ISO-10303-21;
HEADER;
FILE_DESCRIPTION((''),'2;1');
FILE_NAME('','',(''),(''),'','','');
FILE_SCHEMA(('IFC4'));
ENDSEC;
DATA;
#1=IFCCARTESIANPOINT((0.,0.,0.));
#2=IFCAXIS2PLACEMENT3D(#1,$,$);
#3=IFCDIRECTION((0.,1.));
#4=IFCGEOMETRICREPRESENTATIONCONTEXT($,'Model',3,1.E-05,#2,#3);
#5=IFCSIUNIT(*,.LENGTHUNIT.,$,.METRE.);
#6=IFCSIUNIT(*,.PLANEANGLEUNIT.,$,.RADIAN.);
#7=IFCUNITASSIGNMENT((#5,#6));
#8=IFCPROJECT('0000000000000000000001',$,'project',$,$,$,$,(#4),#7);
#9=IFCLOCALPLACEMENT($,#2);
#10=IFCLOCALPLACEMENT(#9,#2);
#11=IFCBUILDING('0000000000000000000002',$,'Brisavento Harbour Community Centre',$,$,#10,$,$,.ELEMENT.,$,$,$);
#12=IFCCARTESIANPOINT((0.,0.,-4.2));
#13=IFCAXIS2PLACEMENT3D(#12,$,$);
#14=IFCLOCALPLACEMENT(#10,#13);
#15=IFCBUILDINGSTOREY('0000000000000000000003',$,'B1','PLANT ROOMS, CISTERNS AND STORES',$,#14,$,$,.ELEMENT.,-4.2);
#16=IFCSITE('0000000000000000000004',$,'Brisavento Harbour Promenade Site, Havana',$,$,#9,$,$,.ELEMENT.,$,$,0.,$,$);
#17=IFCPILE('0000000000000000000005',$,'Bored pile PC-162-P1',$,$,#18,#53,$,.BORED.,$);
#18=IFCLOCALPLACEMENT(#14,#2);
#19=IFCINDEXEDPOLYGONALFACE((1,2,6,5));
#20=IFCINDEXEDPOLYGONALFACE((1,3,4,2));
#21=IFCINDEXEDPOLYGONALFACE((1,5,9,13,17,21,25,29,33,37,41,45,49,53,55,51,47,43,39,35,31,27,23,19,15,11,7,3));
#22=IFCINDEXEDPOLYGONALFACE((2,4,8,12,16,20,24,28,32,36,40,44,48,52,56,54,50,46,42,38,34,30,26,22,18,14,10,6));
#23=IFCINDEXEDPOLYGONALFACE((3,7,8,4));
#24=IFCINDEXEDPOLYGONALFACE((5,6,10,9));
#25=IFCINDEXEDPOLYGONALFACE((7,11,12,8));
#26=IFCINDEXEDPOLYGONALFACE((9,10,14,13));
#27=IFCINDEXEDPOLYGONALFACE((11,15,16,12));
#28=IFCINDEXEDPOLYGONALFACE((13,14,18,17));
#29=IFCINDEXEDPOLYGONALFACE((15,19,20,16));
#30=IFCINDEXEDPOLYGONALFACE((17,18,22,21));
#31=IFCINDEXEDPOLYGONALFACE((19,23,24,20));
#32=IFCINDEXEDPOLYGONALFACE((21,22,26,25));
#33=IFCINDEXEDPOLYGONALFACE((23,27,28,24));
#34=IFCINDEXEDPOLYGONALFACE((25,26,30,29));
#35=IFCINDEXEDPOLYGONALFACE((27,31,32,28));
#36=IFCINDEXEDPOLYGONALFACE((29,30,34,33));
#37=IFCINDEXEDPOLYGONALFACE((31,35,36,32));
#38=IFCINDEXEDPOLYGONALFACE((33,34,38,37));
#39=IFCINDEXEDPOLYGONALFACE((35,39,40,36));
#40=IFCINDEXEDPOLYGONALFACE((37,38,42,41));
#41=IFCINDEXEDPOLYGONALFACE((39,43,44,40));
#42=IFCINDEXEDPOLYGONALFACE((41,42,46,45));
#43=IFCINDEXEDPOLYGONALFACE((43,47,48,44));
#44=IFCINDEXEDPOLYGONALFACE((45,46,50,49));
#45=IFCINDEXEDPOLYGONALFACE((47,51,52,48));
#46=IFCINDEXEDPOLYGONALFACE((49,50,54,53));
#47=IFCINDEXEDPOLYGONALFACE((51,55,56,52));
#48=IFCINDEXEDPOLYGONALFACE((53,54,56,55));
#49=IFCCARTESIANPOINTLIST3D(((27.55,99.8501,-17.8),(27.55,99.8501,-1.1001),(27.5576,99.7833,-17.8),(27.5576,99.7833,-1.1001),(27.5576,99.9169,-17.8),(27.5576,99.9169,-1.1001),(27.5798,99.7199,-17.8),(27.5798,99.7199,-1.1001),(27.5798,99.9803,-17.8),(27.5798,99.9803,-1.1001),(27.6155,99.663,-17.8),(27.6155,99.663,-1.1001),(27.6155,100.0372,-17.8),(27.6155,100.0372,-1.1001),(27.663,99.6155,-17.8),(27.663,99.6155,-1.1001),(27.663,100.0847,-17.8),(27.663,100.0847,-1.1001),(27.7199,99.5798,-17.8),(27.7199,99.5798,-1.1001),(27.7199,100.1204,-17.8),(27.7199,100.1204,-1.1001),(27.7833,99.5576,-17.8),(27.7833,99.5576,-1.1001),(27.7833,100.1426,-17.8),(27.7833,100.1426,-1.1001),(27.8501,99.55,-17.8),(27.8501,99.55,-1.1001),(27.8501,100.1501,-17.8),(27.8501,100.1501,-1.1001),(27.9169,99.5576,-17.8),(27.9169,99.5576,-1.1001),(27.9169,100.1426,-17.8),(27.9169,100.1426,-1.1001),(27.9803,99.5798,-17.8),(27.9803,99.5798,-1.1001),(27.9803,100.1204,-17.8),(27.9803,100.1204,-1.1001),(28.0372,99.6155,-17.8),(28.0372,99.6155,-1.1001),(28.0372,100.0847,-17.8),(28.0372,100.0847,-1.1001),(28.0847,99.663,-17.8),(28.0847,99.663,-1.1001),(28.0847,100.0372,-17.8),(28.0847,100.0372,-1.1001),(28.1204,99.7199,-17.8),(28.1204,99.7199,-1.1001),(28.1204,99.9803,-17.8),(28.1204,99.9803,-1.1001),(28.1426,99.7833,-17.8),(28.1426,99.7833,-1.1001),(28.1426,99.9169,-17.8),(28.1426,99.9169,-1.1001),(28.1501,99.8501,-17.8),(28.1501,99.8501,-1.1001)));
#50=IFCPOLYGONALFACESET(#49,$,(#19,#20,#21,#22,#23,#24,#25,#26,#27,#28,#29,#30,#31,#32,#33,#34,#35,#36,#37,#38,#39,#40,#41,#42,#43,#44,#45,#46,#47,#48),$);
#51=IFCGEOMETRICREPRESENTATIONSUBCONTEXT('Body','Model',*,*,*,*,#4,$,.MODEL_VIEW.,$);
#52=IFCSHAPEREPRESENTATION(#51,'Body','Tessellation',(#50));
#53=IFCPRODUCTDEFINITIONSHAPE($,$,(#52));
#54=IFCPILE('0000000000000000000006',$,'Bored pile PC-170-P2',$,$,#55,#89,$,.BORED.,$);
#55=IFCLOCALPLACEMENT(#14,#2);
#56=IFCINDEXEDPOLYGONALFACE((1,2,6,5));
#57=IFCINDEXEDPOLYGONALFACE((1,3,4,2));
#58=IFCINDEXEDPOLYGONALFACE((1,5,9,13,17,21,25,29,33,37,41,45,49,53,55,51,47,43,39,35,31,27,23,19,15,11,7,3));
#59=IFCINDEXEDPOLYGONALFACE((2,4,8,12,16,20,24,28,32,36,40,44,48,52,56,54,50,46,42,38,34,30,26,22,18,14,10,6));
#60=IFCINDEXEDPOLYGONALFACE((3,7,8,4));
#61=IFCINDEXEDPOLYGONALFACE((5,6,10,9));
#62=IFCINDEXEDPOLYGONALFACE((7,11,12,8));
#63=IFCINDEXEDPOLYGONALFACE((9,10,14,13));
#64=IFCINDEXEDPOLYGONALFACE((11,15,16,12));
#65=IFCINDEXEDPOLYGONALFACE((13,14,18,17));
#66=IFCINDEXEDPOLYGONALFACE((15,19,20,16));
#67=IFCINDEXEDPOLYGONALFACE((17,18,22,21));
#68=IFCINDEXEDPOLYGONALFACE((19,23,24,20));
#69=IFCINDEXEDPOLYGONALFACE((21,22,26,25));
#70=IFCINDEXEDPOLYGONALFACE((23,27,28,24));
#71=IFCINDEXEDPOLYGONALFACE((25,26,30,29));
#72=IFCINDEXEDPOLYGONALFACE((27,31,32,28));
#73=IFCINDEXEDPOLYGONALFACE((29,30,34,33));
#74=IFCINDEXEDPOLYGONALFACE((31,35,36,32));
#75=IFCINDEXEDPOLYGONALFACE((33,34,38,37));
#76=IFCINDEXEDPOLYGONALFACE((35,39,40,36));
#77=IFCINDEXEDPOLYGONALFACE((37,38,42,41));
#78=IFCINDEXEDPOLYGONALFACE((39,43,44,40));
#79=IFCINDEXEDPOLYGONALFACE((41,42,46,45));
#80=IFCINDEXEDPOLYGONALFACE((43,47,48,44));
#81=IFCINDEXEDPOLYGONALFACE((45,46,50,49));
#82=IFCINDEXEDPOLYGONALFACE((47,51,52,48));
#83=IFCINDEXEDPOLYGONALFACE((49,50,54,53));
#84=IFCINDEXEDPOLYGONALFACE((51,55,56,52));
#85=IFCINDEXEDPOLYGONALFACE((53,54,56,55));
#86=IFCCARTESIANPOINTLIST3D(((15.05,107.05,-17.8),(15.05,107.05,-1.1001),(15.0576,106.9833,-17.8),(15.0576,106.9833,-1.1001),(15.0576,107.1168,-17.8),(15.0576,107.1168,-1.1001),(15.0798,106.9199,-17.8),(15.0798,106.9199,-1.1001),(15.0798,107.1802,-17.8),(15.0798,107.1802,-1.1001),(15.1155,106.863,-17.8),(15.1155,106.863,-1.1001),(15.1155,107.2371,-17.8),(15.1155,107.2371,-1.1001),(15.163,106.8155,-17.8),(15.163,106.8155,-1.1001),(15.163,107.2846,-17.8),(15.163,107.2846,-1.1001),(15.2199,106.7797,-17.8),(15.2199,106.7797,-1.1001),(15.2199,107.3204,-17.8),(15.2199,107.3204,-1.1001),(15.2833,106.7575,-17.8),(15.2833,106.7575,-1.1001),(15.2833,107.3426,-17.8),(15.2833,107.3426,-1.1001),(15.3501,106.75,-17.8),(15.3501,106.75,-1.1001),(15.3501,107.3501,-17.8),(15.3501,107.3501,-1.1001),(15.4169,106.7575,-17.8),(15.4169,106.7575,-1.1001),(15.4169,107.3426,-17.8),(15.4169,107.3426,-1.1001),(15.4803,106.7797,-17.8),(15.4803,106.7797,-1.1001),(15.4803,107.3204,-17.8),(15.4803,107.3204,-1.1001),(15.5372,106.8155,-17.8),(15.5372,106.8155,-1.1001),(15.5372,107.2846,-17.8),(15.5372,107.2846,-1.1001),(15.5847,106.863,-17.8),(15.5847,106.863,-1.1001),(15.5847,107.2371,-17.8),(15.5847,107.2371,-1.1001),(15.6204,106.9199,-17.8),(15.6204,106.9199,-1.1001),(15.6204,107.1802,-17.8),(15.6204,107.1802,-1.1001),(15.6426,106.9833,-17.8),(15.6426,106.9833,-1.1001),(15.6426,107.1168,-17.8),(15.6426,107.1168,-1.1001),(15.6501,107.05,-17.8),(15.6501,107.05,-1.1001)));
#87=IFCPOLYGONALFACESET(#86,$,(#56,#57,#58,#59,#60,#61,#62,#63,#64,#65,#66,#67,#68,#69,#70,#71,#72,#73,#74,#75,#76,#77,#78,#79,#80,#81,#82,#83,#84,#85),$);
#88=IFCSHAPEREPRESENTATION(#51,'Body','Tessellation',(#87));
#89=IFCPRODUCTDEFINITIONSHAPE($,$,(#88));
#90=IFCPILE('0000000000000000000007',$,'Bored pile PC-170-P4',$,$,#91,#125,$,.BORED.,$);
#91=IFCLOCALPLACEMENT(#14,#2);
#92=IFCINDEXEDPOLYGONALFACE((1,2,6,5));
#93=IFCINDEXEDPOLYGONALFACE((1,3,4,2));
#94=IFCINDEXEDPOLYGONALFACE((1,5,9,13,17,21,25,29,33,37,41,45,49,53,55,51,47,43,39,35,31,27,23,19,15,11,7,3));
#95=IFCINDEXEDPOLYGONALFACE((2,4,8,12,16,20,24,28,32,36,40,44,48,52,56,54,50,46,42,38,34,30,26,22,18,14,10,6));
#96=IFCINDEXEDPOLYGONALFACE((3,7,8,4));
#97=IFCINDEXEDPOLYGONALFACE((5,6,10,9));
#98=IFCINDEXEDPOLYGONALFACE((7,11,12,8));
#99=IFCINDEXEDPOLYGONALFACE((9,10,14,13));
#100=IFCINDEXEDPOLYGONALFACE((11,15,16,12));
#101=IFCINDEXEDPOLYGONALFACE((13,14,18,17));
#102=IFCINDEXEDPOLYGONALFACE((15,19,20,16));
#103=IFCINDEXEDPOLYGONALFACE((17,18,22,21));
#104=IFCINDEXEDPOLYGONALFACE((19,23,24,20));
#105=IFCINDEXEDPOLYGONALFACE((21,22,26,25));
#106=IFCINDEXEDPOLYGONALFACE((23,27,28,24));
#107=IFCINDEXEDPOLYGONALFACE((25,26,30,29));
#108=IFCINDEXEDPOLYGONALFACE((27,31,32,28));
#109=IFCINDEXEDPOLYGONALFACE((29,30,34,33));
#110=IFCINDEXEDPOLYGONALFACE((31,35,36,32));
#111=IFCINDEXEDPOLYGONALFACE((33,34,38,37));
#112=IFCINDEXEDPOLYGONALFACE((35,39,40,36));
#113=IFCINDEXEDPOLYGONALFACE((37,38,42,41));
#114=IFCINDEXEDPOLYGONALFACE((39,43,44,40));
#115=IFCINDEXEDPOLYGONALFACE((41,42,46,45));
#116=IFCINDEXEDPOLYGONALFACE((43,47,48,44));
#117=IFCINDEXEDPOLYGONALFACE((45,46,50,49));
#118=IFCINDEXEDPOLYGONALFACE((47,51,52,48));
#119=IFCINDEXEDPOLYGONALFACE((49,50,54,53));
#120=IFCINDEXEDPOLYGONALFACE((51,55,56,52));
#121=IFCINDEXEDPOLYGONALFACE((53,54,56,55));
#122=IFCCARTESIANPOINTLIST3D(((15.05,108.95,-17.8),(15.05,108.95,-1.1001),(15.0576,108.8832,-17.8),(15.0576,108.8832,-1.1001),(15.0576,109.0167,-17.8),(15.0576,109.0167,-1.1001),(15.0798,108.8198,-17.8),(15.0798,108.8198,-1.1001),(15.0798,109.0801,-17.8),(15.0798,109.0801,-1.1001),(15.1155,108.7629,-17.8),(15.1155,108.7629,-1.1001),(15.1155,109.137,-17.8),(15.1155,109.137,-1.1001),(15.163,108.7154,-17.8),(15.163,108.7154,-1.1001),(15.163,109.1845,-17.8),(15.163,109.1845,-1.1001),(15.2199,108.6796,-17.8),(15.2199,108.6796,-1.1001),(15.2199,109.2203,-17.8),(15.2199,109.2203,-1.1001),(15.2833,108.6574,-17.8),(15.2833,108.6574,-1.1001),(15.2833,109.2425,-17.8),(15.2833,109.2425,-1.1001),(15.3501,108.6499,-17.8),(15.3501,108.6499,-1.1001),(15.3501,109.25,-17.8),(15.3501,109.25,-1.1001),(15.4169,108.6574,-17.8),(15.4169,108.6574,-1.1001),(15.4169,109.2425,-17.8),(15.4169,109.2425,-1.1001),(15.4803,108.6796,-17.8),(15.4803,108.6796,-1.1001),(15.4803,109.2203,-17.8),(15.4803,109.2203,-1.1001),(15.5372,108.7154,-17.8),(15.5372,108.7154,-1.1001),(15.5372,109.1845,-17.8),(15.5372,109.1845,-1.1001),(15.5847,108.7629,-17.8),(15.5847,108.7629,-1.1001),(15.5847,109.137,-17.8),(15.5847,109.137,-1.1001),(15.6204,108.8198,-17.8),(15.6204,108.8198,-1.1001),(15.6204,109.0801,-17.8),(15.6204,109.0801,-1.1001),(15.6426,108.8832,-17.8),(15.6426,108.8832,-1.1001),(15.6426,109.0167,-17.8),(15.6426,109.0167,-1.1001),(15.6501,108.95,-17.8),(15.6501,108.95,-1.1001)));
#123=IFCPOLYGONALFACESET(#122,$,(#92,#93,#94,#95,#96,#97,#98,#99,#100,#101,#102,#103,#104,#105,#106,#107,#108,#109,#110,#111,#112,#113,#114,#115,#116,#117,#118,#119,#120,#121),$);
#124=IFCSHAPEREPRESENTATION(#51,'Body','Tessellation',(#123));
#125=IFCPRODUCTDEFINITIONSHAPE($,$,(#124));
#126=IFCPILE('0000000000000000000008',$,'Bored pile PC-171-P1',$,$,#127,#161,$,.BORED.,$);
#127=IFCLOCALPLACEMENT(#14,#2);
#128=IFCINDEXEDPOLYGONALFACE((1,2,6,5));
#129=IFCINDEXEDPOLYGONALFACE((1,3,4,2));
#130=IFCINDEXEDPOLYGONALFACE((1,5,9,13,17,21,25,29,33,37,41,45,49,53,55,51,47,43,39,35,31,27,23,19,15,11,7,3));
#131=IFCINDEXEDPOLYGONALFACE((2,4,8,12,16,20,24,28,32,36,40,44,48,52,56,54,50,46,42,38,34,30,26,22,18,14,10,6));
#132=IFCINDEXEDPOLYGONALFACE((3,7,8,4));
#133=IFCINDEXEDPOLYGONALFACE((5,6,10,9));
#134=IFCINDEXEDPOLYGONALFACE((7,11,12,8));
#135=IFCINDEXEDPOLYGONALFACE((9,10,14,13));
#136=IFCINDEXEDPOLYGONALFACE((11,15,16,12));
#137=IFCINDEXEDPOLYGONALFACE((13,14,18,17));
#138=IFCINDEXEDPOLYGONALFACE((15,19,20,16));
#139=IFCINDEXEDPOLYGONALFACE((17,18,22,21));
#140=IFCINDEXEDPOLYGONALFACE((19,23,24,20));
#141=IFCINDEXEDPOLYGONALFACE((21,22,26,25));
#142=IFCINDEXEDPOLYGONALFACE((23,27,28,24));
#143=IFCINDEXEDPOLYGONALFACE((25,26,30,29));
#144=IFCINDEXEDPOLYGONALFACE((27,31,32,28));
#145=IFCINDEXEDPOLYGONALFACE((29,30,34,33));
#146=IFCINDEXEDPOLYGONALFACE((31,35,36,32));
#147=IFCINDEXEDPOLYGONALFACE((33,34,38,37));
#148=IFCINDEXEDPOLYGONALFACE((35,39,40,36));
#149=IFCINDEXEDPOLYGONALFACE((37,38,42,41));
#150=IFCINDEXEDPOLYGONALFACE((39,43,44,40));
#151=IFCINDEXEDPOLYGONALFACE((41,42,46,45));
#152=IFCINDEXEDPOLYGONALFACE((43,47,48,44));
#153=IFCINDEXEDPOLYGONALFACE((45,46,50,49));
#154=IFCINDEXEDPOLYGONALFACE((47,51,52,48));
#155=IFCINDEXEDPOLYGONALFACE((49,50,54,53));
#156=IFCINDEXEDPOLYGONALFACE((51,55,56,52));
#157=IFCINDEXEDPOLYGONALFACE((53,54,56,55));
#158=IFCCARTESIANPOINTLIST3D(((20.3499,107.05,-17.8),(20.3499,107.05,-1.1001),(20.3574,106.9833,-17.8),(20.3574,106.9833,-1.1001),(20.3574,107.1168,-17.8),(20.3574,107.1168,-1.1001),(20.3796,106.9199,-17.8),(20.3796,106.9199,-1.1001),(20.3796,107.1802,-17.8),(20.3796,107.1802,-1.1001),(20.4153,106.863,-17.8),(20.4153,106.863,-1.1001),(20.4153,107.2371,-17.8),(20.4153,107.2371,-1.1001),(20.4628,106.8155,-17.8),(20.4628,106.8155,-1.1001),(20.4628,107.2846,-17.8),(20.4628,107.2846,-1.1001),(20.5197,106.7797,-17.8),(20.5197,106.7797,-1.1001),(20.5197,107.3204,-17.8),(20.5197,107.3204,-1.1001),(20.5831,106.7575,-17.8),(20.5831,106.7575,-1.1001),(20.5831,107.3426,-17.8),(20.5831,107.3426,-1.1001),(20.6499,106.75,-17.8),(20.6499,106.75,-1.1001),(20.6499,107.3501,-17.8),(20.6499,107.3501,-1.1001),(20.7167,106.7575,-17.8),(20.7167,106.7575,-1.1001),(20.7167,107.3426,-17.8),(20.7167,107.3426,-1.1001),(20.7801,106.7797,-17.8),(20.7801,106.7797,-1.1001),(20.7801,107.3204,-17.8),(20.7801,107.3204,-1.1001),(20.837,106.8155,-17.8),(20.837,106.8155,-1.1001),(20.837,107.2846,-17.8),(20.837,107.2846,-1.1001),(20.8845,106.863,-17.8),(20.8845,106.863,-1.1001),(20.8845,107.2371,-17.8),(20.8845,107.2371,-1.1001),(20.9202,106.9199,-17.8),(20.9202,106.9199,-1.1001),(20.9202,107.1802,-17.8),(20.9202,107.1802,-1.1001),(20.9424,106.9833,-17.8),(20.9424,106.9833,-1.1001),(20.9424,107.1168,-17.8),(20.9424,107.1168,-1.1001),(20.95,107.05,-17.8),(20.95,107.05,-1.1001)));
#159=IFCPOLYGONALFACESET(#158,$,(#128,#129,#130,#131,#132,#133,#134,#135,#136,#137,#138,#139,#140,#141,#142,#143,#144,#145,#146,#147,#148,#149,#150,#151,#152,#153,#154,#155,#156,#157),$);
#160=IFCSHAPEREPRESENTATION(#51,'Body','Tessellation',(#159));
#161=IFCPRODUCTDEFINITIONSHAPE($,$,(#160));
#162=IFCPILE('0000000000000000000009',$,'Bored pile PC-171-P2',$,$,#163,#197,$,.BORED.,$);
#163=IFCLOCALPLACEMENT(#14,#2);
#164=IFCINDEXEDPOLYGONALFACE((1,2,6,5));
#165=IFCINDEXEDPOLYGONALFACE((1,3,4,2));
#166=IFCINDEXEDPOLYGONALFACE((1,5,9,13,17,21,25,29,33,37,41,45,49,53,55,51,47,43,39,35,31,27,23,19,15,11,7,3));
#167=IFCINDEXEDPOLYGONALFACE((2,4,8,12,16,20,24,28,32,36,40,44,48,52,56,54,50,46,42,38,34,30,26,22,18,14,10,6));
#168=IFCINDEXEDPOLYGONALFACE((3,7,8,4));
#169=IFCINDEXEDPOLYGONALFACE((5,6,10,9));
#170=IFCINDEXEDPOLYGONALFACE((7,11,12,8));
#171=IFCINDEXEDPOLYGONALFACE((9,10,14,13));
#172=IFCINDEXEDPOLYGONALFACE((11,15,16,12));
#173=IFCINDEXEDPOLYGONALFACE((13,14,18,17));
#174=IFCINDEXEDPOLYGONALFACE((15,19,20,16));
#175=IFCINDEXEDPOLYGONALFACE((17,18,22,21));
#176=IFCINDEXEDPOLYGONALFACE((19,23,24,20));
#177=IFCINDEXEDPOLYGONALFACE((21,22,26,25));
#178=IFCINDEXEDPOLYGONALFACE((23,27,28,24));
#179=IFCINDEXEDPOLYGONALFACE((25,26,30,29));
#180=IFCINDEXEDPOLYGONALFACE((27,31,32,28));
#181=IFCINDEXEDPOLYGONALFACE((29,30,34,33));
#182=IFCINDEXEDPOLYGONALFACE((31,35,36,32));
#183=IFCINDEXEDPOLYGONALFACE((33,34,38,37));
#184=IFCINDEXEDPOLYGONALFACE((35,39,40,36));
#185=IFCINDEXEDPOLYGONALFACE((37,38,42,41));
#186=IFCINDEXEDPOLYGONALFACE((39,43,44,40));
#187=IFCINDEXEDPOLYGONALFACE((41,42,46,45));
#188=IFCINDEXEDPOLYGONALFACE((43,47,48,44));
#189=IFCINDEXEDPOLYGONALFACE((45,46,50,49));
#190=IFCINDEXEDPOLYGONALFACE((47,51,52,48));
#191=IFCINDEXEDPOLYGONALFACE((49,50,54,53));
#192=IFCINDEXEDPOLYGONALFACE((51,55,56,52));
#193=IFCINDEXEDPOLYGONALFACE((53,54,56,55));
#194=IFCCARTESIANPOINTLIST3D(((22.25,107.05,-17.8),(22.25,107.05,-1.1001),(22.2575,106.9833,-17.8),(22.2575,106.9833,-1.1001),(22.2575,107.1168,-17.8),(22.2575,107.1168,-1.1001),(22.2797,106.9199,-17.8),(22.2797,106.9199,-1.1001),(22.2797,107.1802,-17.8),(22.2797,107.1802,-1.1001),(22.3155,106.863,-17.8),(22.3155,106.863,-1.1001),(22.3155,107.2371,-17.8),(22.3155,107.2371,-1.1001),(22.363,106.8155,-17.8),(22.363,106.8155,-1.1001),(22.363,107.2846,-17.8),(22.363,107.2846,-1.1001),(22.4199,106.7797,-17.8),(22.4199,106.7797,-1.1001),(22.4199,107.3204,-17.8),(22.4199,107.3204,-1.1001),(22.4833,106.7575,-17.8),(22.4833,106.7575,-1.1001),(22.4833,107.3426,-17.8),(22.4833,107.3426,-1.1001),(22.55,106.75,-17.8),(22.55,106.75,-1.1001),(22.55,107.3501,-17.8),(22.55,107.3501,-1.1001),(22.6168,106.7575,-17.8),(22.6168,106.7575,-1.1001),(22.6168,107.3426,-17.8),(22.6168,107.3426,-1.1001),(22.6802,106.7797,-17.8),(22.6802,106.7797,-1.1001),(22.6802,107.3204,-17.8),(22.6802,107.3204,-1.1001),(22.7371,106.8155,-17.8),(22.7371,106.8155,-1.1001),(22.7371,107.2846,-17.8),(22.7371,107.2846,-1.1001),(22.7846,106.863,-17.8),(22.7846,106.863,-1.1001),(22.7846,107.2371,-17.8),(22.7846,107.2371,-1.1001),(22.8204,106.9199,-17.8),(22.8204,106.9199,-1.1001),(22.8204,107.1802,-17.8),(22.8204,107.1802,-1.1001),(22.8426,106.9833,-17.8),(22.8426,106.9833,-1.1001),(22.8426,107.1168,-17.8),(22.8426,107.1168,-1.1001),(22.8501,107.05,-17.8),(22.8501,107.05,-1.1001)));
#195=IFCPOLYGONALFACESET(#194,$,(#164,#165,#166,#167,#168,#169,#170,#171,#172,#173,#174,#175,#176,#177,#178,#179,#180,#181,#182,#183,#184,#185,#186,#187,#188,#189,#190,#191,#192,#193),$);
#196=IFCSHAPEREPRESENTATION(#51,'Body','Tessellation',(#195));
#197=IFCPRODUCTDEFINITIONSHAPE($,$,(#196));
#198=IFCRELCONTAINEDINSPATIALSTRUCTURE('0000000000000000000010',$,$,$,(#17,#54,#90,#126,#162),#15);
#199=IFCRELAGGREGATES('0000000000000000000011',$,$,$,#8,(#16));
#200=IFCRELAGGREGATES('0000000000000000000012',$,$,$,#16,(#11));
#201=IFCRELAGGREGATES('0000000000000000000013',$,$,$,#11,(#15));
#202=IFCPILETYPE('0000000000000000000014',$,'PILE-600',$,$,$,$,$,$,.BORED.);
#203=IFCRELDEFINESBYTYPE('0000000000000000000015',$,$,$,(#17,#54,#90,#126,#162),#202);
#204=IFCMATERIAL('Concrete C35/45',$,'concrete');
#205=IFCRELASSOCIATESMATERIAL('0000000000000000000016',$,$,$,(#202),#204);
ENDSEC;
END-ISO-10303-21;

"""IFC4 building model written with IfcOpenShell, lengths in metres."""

from ifc_helpers import new_model, si_unit, direction, frame, origin, origin_2d, place, context, subcontext, project, spatial, circle, extrude, material, material_profile, profile_set, type_object, element, save


model = new_model("IFC4")

# Units and contexts
model_context = context("Model", 3, precision=1e-05, world=origin(), true_north=direction((0.0, 1.0)))
body_context = subcontext(model_context, "Body", "Model", "MODEL_VIEW")
ifc_project = project(units=[si_unit("LENGTHUNIT", "METRE"), si_unit("PLANEANGLEUNIT", "RADIAN")], contexts=[model_context])

# Site, building, storey
site_placement = place(None, origin())
site = spatial("IfcSite", under=ifc_project, at=site_placement, Name="Brisavento Harbour Promenade Site, Havana", CompositionType="ELEMENT", RefElevation=0.0)
building_placement = place(site_placement, origin())
building = spatial("IfcBuilding", under=site, at=building_placement, Name="Brisavento Harbour Community Centre", CompositionType="ELEMENT")
storey_placement = place(building_placement, frame((0.0, 0.0, -4.2)))
storey = spatial("IfcBuildingStorey", under=building, at=storey_placement, Name="B1", Description="PLANT ROOMS, CISTERNS AND STORES", CompositionType="ELEMENT", Elevation=-4.2)

# Shared definitions
ifc_material = material(Name="Concrete C35/45", Category="concrete")

# Piles
ifc_material_profile_1 = material_profile(ifc_material, circle(Radius=0.3, at=origin_2d()), Name="Concrete C35/45")
ifc_profile_set_1 = profile_set([ifc_material_profile_1], Name="Concrete C35/45")
pile_type = type_object("IfcPileType", Name="PILE-600", PredefinedType="BORED", material=ifc_profile_set_1)
for number, where, z_axis, x_axis, name in (
    (1, (27.8501, 99.8501, -1.1001), (0.0, 0.0, -1.0), (1.0, 0.0, 0.0), "Bored pile PC-162-P1"),
    (2, (15.3501, 107.05, -1.1001), (0.0, 0.0, -1.0), (1.0, 0.0, 0.0), "Bored pile PC-170-P2"),
    (3, (15.3501, 108.95, -1.1001), (0.0, 0.0, -1.0), (1.0, 0.0, 0.0), "Bored pile PC-170-P4"),
    (4, (20.6499, 107.05, -1.1001), (0.0, 0.0, -1.0), (1.0, 0.0, 0.0), "Bored pile PC-171-P1"),
    (5, (22.55, 107.05, -1.1001), (0.0, 0.0, -1.0), (1.0, 0.0, 0.0), "Bored pile PC-171-P2"),
):
    element("IfcPile", number, at=place(storey_placement, frame(where, z_axis=z_axis, x_axis=x_axis)), inside=storey, type_object=pile_type, Name=name, PredefinedType="BORED", context=body_context, shape_type="SweptSolid", body=[
        extrude(circle(Radius=0.3, at=origin_2d()), origin(), (0.0, 0.0, 1.0), 16.7),
    ])

save(model, "model.ifc")
